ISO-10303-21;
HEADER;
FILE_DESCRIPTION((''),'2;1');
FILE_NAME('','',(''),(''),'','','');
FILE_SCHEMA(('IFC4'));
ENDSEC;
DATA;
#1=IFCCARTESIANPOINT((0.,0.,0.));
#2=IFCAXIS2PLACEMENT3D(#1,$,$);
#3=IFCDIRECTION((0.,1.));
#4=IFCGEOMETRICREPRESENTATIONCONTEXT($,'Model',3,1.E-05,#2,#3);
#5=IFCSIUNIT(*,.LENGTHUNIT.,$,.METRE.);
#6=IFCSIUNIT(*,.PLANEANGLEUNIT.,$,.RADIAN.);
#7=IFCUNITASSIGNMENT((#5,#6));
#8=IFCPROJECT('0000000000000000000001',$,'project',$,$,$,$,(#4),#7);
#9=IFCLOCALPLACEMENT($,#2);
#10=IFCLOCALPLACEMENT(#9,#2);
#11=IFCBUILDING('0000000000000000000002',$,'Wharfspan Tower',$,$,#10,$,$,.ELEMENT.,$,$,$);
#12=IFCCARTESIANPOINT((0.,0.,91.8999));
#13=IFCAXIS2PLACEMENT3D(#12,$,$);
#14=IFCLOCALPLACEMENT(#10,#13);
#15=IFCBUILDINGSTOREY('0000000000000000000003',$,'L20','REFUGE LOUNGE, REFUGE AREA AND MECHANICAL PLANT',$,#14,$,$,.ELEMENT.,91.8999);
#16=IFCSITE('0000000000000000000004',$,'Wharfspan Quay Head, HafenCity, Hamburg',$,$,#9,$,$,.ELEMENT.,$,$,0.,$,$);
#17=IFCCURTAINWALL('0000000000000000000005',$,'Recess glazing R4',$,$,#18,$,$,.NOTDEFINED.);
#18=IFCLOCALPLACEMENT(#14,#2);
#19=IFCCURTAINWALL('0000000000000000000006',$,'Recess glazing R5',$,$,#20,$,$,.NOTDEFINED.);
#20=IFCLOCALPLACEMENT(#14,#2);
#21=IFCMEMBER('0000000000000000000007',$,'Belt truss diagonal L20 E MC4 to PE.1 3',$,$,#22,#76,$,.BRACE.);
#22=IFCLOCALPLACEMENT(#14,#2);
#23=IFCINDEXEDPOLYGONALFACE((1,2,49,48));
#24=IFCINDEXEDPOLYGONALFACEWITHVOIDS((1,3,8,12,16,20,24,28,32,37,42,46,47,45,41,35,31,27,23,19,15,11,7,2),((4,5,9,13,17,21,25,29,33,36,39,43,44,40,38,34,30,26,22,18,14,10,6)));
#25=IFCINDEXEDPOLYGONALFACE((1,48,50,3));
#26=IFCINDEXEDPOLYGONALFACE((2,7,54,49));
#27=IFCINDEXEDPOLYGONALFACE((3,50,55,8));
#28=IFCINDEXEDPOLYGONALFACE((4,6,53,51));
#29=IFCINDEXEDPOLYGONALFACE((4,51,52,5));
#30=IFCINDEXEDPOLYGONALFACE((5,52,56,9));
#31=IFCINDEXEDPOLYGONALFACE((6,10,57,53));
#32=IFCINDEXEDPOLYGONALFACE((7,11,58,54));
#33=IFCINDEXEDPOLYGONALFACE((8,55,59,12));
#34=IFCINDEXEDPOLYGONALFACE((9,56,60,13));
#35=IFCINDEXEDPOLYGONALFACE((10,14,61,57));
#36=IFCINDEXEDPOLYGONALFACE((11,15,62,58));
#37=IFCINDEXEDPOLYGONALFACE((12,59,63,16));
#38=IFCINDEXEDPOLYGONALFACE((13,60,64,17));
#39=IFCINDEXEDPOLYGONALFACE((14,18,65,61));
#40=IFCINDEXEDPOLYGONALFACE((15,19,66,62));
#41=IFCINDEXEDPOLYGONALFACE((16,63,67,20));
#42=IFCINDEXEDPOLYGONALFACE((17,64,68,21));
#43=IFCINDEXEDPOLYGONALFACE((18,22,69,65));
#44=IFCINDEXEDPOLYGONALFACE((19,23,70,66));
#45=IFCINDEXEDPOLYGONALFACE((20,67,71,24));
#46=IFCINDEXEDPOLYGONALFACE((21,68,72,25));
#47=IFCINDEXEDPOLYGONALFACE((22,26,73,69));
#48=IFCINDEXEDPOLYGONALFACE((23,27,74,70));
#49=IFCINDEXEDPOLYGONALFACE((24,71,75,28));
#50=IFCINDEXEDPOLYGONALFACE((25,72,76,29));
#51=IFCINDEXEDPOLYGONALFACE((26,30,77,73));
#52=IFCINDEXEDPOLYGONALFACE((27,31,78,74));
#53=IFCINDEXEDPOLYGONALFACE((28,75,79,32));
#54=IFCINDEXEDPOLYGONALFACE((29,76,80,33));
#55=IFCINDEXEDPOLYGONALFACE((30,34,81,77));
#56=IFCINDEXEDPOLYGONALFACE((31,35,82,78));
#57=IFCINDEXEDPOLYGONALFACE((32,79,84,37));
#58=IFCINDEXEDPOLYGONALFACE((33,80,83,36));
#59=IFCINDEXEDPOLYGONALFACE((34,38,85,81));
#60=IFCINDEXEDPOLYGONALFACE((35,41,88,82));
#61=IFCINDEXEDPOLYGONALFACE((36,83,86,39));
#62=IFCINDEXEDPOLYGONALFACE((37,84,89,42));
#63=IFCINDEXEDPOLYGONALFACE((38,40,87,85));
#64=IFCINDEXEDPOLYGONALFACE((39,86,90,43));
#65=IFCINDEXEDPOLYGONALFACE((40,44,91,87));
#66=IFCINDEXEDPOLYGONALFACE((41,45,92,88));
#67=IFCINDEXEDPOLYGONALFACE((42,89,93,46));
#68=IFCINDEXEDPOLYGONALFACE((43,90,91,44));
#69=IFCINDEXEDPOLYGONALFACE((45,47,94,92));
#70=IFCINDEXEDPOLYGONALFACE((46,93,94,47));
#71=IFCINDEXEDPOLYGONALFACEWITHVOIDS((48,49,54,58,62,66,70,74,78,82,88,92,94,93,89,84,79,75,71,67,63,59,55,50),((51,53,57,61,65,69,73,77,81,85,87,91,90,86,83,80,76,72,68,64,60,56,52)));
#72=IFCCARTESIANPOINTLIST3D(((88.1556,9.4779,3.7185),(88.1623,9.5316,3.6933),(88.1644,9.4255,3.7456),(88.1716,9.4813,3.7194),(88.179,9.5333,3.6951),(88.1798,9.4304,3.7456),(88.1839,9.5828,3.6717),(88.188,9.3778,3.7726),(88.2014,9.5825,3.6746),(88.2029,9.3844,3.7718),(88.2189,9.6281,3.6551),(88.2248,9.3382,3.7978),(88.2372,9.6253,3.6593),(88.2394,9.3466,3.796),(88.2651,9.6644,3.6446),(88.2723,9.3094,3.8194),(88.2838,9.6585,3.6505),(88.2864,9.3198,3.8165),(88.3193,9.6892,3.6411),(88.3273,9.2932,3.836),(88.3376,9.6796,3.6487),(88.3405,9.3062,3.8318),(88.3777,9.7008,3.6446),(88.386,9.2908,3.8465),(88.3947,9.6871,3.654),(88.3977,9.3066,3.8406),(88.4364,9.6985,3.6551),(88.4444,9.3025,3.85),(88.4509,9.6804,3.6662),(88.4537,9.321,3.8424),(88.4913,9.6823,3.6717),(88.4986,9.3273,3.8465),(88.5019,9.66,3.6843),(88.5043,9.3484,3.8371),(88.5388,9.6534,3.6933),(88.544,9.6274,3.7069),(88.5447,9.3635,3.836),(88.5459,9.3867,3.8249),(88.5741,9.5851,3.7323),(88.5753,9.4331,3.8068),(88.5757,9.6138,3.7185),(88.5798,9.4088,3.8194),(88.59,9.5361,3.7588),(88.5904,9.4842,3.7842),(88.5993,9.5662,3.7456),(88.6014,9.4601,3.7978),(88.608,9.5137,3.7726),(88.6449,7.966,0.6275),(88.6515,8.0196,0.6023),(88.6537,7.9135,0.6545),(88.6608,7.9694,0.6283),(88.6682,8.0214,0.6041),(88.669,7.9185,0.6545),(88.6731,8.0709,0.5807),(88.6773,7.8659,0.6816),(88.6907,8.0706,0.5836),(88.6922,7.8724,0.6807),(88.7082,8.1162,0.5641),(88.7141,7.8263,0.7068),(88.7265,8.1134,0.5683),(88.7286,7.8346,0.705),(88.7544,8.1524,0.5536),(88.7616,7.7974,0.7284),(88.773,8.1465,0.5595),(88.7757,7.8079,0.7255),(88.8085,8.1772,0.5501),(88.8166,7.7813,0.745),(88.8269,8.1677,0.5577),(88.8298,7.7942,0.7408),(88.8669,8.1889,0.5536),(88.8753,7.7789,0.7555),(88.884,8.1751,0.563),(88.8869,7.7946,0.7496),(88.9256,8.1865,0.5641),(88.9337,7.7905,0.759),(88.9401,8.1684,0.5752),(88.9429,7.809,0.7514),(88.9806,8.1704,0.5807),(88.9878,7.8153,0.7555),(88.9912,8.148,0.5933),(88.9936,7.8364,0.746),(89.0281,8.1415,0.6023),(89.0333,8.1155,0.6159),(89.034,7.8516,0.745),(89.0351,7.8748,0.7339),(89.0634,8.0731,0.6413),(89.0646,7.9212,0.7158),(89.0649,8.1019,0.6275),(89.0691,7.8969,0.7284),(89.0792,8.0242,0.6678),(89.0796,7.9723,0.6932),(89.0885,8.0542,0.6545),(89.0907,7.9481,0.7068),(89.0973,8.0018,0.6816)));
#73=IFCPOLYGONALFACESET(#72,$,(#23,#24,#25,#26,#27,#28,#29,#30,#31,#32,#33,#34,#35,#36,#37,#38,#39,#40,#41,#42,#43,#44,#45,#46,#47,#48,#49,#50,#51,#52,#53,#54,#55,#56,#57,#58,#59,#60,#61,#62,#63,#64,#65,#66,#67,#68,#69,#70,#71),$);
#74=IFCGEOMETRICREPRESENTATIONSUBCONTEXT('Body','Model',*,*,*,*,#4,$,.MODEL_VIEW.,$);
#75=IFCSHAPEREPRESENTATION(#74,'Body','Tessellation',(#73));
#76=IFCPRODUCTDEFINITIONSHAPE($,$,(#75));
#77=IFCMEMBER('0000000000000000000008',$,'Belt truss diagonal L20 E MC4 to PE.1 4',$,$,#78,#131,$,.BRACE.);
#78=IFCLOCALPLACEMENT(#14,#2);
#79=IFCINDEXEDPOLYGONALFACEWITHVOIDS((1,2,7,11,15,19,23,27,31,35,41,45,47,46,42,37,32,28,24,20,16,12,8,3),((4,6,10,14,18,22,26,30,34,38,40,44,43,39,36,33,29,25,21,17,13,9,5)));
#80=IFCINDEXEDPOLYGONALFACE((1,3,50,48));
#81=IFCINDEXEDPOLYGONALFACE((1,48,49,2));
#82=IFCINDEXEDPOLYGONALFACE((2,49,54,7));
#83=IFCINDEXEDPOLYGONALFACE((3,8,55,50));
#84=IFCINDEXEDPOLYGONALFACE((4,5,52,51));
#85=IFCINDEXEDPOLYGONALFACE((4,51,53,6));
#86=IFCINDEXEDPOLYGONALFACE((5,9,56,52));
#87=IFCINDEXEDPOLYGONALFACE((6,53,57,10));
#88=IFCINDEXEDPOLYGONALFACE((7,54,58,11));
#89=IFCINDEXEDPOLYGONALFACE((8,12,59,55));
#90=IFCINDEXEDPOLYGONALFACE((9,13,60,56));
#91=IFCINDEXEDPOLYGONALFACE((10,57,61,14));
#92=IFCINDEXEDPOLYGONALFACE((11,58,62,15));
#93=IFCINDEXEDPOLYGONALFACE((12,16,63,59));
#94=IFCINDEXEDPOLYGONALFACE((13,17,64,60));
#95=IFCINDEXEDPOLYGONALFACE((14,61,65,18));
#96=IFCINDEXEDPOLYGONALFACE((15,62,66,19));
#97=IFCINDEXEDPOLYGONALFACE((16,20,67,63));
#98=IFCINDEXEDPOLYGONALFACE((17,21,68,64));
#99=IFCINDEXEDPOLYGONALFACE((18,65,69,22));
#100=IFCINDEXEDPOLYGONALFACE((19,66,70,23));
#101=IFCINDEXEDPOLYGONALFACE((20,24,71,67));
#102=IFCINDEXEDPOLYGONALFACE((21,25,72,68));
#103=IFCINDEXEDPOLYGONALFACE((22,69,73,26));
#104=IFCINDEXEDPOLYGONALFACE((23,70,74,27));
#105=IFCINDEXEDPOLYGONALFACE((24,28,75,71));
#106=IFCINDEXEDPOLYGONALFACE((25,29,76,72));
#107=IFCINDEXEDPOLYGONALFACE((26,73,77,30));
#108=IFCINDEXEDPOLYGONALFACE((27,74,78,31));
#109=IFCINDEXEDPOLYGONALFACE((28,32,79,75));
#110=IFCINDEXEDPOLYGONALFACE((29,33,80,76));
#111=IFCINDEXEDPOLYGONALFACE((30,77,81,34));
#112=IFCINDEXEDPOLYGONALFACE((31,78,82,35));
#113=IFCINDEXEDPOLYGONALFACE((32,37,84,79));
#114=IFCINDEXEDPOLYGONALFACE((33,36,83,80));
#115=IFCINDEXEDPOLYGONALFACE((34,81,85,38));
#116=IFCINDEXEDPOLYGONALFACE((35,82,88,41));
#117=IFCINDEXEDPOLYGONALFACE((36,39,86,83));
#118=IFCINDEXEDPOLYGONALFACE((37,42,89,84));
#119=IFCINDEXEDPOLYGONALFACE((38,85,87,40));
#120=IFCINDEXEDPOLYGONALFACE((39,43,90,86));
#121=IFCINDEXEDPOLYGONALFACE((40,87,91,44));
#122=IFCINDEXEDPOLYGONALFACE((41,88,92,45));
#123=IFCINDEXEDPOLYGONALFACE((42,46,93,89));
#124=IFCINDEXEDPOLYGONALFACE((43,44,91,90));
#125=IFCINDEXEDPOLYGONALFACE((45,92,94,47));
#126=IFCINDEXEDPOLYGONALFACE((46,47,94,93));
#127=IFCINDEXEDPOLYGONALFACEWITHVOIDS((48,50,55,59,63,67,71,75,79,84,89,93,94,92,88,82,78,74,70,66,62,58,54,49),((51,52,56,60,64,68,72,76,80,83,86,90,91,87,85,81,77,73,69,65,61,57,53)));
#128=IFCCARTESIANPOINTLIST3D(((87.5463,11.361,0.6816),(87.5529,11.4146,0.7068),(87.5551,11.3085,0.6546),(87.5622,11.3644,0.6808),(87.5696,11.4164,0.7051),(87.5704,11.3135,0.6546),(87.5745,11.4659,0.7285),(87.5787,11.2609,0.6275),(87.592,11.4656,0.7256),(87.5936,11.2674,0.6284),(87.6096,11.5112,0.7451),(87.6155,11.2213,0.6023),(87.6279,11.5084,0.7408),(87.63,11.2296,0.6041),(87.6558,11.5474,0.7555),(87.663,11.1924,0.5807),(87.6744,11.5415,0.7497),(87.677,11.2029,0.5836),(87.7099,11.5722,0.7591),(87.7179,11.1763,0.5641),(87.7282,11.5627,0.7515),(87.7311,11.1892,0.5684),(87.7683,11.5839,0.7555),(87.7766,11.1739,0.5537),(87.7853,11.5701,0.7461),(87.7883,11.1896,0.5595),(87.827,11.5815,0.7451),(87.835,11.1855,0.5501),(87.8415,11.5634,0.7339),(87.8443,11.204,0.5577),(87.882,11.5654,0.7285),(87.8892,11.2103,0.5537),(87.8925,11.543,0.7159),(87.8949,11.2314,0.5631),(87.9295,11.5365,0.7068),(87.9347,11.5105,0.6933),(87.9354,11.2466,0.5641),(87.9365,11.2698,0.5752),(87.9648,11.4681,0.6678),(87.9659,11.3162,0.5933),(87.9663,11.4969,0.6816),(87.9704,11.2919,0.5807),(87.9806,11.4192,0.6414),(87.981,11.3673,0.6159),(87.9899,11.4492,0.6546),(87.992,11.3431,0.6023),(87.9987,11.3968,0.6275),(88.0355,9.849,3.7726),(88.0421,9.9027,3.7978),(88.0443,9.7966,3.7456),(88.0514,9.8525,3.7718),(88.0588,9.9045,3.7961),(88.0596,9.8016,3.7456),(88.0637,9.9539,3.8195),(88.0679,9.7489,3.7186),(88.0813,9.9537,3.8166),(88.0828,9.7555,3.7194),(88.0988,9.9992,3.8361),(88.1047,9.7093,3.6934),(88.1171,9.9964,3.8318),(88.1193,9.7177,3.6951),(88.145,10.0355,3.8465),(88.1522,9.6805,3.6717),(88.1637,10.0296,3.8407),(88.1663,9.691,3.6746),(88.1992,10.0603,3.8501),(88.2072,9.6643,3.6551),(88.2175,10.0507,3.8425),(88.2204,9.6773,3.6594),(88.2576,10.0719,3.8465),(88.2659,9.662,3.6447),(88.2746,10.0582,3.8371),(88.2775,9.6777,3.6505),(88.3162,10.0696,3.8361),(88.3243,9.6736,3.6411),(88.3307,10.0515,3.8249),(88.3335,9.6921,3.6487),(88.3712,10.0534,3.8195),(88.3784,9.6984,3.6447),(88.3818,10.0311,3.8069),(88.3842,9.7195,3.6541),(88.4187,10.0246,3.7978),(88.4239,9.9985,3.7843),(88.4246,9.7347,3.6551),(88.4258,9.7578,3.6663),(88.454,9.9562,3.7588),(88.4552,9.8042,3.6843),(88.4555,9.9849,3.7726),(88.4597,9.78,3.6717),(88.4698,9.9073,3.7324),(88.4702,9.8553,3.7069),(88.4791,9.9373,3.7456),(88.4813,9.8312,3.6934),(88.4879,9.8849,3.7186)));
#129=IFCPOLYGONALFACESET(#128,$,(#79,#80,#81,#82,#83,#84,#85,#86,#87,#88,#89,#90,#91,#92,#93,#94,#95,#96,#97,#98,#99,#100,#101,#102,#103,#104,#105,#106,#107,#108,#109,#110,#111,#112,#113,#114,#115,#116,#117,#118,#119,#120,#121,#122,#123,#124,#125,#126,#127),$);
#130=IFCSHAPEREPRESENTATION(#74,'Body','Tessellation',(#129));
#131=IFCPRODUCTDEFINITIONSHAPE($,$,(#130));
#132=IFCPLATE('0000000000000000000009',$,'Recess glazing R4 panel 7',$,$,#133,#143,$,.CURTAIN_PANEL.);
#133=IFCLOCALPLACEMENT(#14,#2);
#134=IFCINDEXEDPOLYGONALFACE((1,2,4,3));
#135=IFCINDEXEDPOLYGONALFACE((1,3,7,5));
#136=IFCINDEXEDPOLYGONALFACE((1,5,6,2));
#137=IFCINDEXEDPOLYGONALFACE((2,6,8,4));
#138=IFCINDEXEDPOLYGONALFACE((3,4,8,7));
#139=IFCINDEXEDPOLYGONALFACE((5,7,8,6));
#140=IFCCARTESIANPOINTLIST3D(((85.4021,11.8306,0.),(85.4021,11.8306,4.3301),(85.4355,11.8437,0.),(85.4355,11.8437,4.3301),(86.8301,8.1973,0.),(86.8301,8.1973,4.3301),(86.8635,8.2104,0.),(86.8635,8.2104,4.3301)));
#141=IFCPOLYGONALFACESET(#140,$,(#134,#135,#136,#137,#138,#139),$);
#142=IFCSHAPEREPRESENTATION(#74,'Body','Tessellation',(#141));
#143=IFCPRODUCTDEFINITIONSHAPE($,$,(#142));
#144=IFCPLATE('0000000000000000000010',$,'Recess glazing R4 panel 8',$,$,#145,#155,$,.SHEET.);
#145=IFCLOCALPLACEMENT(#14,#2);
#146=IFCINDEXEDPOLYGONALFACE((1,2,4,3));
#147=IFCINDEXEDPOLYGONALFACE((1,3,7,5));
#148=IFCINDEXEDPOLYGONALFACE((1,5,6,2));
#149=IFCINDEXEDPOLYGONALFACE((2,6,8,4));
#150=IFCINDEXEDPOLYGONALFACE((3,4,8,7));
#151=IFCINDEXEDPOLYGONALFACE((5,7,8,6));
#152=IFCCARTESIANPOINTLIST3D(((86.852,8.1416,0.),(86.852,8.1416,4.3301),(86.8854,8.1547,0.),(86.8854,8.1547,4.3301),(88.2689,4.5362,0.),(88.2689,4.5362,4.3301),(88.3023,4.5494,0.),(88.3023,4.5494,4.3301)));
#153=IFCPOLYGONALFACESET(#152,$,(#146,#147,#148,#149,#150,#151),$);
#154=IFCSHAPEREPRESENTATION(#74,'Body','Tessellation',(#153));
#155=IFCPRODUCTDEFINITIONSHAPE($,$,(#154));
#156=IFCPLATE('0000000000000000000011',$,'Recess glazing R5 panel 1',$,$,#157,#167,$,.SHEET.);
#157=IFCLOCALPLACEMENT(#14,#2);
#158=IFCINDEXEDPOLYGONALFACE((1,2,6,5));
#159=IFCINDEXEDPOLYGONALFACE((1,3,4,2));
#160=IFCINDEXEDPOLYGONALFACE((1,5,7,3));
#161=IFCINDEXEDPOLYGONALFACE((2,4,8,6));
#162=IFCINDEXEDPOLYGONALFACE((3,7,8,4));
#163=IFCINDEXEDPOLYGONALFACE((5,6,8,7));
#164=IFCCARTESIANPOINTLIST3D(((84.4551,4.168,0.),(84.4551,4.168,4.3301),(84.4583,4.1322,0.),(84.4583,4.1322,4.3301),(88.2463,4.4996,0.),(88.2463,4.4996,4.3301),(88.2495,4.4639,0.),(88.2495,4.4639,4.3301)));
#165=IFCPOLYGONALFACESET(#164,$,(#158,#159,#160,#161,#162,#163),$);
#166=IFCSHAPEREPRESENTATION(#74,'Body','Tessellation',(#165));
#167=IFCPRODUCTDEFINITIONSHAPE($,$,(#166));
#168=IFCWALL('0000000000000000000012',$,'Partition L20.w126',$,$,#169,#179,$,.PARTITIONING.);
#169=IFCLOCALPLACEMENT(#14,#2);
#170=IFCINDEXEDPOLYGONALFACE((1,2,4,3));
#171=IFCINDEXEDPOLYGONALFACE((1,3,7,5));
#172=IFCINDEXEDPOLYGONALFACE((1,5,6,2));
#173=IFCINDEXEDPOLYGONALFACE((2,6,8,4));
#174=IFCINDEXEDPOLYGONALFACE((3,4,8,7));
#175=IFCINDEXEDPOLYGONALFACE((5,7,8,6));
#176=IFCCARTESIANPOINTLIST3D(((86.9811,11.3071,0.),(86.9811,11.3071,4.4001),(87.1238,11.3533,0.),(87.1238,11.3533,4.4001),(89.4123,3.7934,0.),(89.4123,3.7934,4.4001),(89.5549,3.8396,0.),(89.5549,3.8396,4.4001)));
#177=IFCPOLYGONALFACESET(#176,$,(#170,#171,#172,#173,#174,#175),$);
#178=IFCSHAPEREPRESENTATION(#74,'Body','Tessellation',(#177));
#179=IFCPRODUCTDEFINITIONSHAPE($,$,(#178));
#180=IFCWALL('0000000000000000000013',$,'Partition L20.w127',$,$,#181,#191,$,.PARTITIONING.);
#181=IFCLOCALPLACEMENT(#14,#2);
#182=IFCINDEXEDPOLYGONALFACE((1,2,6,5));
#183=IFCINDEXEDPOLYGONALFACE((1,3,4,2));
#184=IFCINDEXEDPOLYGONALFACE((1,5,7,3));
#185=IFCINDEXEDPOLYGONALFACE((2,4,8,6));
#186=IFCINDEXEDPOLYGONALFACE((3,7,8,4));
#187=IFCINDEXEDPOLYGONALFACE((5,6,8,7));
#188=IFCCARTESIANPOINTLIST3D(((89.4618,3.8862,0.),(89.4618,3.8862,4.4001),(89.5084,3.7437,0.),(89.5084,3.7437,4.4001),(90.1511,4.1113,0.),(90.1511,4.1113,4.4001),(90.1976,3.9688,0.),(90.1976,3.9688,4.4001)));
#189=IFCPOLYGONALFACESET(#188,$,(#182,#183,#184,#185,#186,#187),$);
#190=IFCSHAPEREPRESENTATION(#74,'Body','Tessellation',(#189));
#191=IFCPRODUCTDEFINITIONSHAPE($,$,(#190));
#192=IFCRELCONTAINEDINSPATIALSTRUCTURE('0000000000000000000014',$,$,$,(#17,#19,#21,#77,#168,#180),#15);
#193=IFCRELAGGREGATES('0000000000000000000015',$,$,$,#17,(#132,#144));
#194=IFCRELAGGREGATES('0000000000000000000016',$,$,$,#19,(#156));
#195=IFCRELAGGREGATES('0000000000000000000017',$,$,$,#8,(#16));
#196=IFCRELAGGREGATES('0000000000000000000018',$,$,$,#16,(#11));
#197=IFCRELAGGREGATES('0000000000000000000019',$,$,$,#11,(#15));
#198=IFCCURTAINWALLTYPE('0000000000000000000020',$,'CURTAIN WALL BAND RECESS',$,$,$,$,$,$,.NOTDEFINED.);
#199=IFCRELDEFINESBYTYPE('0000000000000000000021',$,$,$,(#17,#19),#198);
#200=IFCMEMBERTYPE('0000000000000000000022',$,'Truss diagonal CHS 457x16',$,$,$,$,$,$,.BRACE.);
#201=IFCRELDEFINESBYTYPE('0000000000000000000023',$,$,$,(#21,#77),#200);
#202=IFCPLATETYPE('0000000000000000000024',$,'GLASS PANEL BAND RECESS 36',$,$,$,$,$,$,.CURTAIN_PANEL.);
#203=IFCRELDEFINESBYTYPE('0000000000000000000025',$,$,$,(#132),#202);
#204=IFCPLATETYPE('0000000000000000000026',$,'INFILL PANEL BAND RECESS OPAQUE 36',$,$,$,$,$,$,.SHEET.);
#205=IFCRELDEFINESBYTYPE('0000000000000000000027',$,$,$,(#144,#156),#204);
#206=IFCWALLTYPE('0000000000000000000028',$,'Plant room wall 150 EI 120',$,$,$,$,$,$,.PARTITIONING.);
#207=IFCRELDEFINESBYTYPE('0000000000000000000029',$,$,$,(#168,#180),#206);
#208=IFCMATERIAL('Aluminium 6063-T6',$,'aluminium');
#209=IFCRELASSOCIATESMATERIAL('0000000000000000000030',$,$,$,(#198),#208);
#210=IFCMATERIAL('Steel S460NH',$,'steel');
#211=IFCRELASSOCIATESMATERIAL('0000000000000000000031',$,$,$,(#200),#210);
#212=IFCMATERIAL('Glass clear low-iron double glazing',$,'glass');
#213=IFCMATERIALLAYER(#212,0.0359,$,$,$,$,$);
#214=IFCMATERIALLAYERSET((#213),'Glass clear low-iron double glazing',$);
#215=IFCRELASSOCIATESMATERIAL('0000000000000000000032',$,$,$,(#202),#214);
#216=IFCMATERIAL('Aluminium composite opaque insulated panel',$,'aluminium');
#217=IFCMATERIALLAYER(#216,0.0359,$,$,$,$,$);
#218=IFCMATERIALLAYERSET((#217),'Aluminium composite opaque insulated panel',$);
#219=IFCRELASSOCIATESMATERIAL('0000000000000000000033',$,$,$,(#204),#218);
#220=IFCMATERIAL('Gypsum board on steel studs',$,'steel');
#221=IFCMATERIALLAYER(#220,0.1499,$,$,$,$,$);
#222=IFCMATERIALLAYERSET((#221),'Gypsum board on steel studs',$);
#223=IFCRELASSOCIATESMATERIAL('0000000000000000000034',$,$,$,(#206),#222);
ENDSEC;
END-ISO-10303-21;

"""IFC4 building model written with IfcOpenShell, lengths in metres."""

from ifc_helpers import new_model, si_unit, direction, frame, frame_2d, origin, origin_2d, place, context, subcontext, project, spatial, rectangle, hollow_circle, extrude, material, layer, layer_set, material_profile, profile_set, type_object, element, aggregate, save


model = new_model("IFC4")

# Units and contexts
model_context = context("Model", 3, precision=1e-05, world=origin(), true_north=direction((0.0, 1.0)))
body_context = subcontext(model_context, "Body", "Model", "MODEL_VIEW")
ifc_project = project(units=[si_unit("LENGTHUNIT", "METRE"), si_unit("PLANEANGLEUNIT", "RADIAN")], contexts=[model_context])

# Site, building, storey
site_placement = place(None, origin())
site = spatial("IfcSite", under=ifc_project, at=site_placement, Name="Wharfspan Quay Head, HafenCity, Hamburg", CompositionType="ELEMENT", RefElevation=0.0)
building_placement = place(site_placement, origin())
building = spatial("IfcBuilding", under=site, at=building_placement, Name="Wharfspan Tower", CompositionType="ELEMENT")
storey_placement = place(building_placement, frame((0.0, 0.0, 91.8999)))
storey = spatial("IfcBuildingStorey", under=building, at=storey_placement, Name="L20", Description="REFUGE LOUNGE, REFUGE AREA AND MECHANICAL PLANT", CompositionType="ELEMENT", Elevation=91.8999)

# Curtain wall
ifc_material_1 = material(Name="Aluminium 6063-T6", Category="aluminium")
curtain_wall_type = type_object("IfcCurtainWallType", Name="CURTAIN WALL BAND RECESS", PredefinedType="NOTDEFINED", material=ifc_material_1)
curtain_wall_1_placement = place(storey_placement, origin())
curtain_wall_1 = element("IfcCurtainWall", 1, at=curtain_wall_1_placement, inside=storey, type_object=curtain_wall_type, Name="Recess glazing R4", PredefinedType="NOTDEFINED")

# Curtain wall
curtain_wall_2_placement = place(storey_placement, origin())
curtain_wall_2 = element("IfcCurtainWall", 2, at=curtain_wall_2_placement, inside=storey, type_object=curtain_wall_type, Name="Recess glazing R5", PredefinedType="NOTDEFINED")

# Members
ifc_material_2 = material(Name="Steel S460NH", Category="steel")
ifc_material_profile_1 = material_profile(ifc_material_2, hollow_circle(Radius=0.2285, WallThickness=0.0161, at=origin_2d()))
ifc_profile_set_1 = profile_set([ifc_material_profile_1], Name="Steel S460NH")
member_type_1 = type_object("IfcMemberType", Name="Truss diagonal CHS 457x16", PredefinedType="BRACE", material=ifc_profile_set_1)
for number, where, z_axis, x_axis, name in (
    (3, (88.8711, 7.9839, 0.6545), (-0.140768, 0.435017, 0.889351), (-0.95143, -0.307871, -0.000002), "Belt truss diagonal L20 E MC4 to PE.1 3"),
    (4, (88.2617, 9.8669, 3.7456), (-0.140768, 0.435017, -0.889351), (-0.95143, -0.307871, 0.000002), "Belt truss diagonal L20 E MC4 to PE.1 4"),
):
    element("IfcMember", number, at=place(storey_placement, frame(where, z_axis=z_axis, x_axis=x_axis)), inside=storey, type_object=member_type_1, Name=name, PredefinedType="BRACE", context=body_context, shape_type="SweptSolid", body=[
        extrude(hollow_circle(Radius=0.2285, WallThickness=0.0161, at=origin_2d()), origin(), (0.0, 0.0, 1.0), 3.4756),
    ])

# Plates
ifc_material_3 = material(Name="Glass clear low-iron double glazing", Category="glass")
ifc_layer_1 = layer(ifc_material_3, 0.0359)
ifc_layer_set_1 = layer_set([ifc_layer_1], Name="Glass clear low-iron double glazing")
plate_type_1 = type_object("IfcPlateType", Name="GLASS PANEL BAND RECESS 36", PredefinedType="CURTAIN_PANEL", material=ifc_layer_set_1)
plate_1_placement = place(storey_placement, frame((86.1328, 10.0205, 0.0), z_axis=(0.0, 0.0, 1.0), x_axis=(0.365778, -0.930702, 0.0)))
plate_1 = element("IfcPlate", 5, at=plate_1_placement, type_object=plate_type_1, Name="Recess glazing R4 panel 7", PredefinedType="CURTAIN_PANEL", context=body_context, shape_type="SweptSolid", body=[
    extrude(rectangle(XDim=3.9038, YDim=0.0359, at=origin_2d()), origin(), (0.0, 0.0, 1.0), 4.3301),
])
ifc_material_4 = material(Name="Aluminium composite opaque insulated panel", Category="aluminium")
ifc_layer_2 = layer(ifc_material_4, 0.0359)
ifc_layer_set_2 = layer_set([ifc_layer_2], Name="Aluminium composite opaque insulated panel")
plate_type_2 = type_object("IfcPlateType", Name="INFILL PANEL BAND RECESS OPAQUE 36", PredefinedType="SHEET", material=ifc_layer_set_2)
plate_2_placement = place(storey_placement, frame((87.5771, 6.3455, 0.0), z_axis=(0.0, 0.0, 1.0), x_axis=(0.365778, -0.930702, 0.0)))
plate_2 = element("IfcPlate", 6, at=plate_2_placement, type_object=plate_type_2, Name="Recess glazing R4 panel 8", PredefinedType="SHEET", context=body_context, shape_type="SweptSolid", body=[
    extrude(rectangle(XDim=3.8738, YDim=0.0359, at=origin_2d()), origin(), (0.0, 0.0, 1.0), 4.3301),
])
aggregate(curtain_wall_1, [plate_1, plate_2])
plate_3_placement = place(storey_placement, frame((86.3523, 4.3159, 0.0), z_axis=(0.0, 0.0, 1.0), x_axis=(-0.996198, -0.087156, 0.0)))
plate_3 = element("IfcPlate", 7, at=plate_3_placement, type_object=plate_type_2, Name="Recess glazing R5 panel 1", PredefinedType="SHEET", context=body_context, shape_type="SweptSolid", body=[
    extrude(rectangle(XDim=3.8057, YDim=0.0359, at=origin_2d()), origin(), (0.0, 0.0, 1.0), 4.3301),
])
aggregate(curtain_wall_2, [plate_3])

# Walls
ifc_material_5 = material(Name="Gypsum board on steel studs", Category="steel")
ifc_layer_3 = layer(ifc_material_5, 0.1499)
ifc_layer_set_3 = layer_set([ifc_layer_3], Name="Gypsum board on steel studs")
wall_type = type_object("IfcWallType", Name="Plant room wall 150 EI 120", PredefinedType="PARTITIONING", material=ifc_layer_set_3)
wall_1_placement = place(storey_placement, frame((89.4836, 3.8164, 0.0), z_axis=(0.0, 0.0, 1.0), x_axis=(-0.307849, 0.951432, 0.0)))
element("IfcWall", 8, at=wall_1_placement, inside=storey, type_object=wall_type, Name="Partition L20.w126", PredefinedType="PARTITIONING", context=body_context, shape_type="SweptSolid", body=[
    extrude(rectangle(XDim=7.8972, YDim=0.1499, at=frame_2d((3.9487, 0.0))), origin(), (0.0, 0.0, 1.0), 4.4001),
])
wall_2_placement = place(storey_placement, frame((89.4851, 3.8149, 0.0), z_axis=(0.0, 0.0, 1.0), x_axis=(0.950589, 0.310465, 0.0)))
element("IfcWall", 9, at=wall_2_placement, inside=storey, type_object=wall_type, Name="Partition L20.w127", PredefinedType="PARTITIONING", context=body_context, shape_type="SweptSolid", body=[
    extrude(rectangle(XDim=0.7251, YDim=0.1499, at=frame_2d((0.3625, 0.0))), origin(), (0.0, 0.0, 1.0), 4.4001),
])

save(model, "model.ifc")
